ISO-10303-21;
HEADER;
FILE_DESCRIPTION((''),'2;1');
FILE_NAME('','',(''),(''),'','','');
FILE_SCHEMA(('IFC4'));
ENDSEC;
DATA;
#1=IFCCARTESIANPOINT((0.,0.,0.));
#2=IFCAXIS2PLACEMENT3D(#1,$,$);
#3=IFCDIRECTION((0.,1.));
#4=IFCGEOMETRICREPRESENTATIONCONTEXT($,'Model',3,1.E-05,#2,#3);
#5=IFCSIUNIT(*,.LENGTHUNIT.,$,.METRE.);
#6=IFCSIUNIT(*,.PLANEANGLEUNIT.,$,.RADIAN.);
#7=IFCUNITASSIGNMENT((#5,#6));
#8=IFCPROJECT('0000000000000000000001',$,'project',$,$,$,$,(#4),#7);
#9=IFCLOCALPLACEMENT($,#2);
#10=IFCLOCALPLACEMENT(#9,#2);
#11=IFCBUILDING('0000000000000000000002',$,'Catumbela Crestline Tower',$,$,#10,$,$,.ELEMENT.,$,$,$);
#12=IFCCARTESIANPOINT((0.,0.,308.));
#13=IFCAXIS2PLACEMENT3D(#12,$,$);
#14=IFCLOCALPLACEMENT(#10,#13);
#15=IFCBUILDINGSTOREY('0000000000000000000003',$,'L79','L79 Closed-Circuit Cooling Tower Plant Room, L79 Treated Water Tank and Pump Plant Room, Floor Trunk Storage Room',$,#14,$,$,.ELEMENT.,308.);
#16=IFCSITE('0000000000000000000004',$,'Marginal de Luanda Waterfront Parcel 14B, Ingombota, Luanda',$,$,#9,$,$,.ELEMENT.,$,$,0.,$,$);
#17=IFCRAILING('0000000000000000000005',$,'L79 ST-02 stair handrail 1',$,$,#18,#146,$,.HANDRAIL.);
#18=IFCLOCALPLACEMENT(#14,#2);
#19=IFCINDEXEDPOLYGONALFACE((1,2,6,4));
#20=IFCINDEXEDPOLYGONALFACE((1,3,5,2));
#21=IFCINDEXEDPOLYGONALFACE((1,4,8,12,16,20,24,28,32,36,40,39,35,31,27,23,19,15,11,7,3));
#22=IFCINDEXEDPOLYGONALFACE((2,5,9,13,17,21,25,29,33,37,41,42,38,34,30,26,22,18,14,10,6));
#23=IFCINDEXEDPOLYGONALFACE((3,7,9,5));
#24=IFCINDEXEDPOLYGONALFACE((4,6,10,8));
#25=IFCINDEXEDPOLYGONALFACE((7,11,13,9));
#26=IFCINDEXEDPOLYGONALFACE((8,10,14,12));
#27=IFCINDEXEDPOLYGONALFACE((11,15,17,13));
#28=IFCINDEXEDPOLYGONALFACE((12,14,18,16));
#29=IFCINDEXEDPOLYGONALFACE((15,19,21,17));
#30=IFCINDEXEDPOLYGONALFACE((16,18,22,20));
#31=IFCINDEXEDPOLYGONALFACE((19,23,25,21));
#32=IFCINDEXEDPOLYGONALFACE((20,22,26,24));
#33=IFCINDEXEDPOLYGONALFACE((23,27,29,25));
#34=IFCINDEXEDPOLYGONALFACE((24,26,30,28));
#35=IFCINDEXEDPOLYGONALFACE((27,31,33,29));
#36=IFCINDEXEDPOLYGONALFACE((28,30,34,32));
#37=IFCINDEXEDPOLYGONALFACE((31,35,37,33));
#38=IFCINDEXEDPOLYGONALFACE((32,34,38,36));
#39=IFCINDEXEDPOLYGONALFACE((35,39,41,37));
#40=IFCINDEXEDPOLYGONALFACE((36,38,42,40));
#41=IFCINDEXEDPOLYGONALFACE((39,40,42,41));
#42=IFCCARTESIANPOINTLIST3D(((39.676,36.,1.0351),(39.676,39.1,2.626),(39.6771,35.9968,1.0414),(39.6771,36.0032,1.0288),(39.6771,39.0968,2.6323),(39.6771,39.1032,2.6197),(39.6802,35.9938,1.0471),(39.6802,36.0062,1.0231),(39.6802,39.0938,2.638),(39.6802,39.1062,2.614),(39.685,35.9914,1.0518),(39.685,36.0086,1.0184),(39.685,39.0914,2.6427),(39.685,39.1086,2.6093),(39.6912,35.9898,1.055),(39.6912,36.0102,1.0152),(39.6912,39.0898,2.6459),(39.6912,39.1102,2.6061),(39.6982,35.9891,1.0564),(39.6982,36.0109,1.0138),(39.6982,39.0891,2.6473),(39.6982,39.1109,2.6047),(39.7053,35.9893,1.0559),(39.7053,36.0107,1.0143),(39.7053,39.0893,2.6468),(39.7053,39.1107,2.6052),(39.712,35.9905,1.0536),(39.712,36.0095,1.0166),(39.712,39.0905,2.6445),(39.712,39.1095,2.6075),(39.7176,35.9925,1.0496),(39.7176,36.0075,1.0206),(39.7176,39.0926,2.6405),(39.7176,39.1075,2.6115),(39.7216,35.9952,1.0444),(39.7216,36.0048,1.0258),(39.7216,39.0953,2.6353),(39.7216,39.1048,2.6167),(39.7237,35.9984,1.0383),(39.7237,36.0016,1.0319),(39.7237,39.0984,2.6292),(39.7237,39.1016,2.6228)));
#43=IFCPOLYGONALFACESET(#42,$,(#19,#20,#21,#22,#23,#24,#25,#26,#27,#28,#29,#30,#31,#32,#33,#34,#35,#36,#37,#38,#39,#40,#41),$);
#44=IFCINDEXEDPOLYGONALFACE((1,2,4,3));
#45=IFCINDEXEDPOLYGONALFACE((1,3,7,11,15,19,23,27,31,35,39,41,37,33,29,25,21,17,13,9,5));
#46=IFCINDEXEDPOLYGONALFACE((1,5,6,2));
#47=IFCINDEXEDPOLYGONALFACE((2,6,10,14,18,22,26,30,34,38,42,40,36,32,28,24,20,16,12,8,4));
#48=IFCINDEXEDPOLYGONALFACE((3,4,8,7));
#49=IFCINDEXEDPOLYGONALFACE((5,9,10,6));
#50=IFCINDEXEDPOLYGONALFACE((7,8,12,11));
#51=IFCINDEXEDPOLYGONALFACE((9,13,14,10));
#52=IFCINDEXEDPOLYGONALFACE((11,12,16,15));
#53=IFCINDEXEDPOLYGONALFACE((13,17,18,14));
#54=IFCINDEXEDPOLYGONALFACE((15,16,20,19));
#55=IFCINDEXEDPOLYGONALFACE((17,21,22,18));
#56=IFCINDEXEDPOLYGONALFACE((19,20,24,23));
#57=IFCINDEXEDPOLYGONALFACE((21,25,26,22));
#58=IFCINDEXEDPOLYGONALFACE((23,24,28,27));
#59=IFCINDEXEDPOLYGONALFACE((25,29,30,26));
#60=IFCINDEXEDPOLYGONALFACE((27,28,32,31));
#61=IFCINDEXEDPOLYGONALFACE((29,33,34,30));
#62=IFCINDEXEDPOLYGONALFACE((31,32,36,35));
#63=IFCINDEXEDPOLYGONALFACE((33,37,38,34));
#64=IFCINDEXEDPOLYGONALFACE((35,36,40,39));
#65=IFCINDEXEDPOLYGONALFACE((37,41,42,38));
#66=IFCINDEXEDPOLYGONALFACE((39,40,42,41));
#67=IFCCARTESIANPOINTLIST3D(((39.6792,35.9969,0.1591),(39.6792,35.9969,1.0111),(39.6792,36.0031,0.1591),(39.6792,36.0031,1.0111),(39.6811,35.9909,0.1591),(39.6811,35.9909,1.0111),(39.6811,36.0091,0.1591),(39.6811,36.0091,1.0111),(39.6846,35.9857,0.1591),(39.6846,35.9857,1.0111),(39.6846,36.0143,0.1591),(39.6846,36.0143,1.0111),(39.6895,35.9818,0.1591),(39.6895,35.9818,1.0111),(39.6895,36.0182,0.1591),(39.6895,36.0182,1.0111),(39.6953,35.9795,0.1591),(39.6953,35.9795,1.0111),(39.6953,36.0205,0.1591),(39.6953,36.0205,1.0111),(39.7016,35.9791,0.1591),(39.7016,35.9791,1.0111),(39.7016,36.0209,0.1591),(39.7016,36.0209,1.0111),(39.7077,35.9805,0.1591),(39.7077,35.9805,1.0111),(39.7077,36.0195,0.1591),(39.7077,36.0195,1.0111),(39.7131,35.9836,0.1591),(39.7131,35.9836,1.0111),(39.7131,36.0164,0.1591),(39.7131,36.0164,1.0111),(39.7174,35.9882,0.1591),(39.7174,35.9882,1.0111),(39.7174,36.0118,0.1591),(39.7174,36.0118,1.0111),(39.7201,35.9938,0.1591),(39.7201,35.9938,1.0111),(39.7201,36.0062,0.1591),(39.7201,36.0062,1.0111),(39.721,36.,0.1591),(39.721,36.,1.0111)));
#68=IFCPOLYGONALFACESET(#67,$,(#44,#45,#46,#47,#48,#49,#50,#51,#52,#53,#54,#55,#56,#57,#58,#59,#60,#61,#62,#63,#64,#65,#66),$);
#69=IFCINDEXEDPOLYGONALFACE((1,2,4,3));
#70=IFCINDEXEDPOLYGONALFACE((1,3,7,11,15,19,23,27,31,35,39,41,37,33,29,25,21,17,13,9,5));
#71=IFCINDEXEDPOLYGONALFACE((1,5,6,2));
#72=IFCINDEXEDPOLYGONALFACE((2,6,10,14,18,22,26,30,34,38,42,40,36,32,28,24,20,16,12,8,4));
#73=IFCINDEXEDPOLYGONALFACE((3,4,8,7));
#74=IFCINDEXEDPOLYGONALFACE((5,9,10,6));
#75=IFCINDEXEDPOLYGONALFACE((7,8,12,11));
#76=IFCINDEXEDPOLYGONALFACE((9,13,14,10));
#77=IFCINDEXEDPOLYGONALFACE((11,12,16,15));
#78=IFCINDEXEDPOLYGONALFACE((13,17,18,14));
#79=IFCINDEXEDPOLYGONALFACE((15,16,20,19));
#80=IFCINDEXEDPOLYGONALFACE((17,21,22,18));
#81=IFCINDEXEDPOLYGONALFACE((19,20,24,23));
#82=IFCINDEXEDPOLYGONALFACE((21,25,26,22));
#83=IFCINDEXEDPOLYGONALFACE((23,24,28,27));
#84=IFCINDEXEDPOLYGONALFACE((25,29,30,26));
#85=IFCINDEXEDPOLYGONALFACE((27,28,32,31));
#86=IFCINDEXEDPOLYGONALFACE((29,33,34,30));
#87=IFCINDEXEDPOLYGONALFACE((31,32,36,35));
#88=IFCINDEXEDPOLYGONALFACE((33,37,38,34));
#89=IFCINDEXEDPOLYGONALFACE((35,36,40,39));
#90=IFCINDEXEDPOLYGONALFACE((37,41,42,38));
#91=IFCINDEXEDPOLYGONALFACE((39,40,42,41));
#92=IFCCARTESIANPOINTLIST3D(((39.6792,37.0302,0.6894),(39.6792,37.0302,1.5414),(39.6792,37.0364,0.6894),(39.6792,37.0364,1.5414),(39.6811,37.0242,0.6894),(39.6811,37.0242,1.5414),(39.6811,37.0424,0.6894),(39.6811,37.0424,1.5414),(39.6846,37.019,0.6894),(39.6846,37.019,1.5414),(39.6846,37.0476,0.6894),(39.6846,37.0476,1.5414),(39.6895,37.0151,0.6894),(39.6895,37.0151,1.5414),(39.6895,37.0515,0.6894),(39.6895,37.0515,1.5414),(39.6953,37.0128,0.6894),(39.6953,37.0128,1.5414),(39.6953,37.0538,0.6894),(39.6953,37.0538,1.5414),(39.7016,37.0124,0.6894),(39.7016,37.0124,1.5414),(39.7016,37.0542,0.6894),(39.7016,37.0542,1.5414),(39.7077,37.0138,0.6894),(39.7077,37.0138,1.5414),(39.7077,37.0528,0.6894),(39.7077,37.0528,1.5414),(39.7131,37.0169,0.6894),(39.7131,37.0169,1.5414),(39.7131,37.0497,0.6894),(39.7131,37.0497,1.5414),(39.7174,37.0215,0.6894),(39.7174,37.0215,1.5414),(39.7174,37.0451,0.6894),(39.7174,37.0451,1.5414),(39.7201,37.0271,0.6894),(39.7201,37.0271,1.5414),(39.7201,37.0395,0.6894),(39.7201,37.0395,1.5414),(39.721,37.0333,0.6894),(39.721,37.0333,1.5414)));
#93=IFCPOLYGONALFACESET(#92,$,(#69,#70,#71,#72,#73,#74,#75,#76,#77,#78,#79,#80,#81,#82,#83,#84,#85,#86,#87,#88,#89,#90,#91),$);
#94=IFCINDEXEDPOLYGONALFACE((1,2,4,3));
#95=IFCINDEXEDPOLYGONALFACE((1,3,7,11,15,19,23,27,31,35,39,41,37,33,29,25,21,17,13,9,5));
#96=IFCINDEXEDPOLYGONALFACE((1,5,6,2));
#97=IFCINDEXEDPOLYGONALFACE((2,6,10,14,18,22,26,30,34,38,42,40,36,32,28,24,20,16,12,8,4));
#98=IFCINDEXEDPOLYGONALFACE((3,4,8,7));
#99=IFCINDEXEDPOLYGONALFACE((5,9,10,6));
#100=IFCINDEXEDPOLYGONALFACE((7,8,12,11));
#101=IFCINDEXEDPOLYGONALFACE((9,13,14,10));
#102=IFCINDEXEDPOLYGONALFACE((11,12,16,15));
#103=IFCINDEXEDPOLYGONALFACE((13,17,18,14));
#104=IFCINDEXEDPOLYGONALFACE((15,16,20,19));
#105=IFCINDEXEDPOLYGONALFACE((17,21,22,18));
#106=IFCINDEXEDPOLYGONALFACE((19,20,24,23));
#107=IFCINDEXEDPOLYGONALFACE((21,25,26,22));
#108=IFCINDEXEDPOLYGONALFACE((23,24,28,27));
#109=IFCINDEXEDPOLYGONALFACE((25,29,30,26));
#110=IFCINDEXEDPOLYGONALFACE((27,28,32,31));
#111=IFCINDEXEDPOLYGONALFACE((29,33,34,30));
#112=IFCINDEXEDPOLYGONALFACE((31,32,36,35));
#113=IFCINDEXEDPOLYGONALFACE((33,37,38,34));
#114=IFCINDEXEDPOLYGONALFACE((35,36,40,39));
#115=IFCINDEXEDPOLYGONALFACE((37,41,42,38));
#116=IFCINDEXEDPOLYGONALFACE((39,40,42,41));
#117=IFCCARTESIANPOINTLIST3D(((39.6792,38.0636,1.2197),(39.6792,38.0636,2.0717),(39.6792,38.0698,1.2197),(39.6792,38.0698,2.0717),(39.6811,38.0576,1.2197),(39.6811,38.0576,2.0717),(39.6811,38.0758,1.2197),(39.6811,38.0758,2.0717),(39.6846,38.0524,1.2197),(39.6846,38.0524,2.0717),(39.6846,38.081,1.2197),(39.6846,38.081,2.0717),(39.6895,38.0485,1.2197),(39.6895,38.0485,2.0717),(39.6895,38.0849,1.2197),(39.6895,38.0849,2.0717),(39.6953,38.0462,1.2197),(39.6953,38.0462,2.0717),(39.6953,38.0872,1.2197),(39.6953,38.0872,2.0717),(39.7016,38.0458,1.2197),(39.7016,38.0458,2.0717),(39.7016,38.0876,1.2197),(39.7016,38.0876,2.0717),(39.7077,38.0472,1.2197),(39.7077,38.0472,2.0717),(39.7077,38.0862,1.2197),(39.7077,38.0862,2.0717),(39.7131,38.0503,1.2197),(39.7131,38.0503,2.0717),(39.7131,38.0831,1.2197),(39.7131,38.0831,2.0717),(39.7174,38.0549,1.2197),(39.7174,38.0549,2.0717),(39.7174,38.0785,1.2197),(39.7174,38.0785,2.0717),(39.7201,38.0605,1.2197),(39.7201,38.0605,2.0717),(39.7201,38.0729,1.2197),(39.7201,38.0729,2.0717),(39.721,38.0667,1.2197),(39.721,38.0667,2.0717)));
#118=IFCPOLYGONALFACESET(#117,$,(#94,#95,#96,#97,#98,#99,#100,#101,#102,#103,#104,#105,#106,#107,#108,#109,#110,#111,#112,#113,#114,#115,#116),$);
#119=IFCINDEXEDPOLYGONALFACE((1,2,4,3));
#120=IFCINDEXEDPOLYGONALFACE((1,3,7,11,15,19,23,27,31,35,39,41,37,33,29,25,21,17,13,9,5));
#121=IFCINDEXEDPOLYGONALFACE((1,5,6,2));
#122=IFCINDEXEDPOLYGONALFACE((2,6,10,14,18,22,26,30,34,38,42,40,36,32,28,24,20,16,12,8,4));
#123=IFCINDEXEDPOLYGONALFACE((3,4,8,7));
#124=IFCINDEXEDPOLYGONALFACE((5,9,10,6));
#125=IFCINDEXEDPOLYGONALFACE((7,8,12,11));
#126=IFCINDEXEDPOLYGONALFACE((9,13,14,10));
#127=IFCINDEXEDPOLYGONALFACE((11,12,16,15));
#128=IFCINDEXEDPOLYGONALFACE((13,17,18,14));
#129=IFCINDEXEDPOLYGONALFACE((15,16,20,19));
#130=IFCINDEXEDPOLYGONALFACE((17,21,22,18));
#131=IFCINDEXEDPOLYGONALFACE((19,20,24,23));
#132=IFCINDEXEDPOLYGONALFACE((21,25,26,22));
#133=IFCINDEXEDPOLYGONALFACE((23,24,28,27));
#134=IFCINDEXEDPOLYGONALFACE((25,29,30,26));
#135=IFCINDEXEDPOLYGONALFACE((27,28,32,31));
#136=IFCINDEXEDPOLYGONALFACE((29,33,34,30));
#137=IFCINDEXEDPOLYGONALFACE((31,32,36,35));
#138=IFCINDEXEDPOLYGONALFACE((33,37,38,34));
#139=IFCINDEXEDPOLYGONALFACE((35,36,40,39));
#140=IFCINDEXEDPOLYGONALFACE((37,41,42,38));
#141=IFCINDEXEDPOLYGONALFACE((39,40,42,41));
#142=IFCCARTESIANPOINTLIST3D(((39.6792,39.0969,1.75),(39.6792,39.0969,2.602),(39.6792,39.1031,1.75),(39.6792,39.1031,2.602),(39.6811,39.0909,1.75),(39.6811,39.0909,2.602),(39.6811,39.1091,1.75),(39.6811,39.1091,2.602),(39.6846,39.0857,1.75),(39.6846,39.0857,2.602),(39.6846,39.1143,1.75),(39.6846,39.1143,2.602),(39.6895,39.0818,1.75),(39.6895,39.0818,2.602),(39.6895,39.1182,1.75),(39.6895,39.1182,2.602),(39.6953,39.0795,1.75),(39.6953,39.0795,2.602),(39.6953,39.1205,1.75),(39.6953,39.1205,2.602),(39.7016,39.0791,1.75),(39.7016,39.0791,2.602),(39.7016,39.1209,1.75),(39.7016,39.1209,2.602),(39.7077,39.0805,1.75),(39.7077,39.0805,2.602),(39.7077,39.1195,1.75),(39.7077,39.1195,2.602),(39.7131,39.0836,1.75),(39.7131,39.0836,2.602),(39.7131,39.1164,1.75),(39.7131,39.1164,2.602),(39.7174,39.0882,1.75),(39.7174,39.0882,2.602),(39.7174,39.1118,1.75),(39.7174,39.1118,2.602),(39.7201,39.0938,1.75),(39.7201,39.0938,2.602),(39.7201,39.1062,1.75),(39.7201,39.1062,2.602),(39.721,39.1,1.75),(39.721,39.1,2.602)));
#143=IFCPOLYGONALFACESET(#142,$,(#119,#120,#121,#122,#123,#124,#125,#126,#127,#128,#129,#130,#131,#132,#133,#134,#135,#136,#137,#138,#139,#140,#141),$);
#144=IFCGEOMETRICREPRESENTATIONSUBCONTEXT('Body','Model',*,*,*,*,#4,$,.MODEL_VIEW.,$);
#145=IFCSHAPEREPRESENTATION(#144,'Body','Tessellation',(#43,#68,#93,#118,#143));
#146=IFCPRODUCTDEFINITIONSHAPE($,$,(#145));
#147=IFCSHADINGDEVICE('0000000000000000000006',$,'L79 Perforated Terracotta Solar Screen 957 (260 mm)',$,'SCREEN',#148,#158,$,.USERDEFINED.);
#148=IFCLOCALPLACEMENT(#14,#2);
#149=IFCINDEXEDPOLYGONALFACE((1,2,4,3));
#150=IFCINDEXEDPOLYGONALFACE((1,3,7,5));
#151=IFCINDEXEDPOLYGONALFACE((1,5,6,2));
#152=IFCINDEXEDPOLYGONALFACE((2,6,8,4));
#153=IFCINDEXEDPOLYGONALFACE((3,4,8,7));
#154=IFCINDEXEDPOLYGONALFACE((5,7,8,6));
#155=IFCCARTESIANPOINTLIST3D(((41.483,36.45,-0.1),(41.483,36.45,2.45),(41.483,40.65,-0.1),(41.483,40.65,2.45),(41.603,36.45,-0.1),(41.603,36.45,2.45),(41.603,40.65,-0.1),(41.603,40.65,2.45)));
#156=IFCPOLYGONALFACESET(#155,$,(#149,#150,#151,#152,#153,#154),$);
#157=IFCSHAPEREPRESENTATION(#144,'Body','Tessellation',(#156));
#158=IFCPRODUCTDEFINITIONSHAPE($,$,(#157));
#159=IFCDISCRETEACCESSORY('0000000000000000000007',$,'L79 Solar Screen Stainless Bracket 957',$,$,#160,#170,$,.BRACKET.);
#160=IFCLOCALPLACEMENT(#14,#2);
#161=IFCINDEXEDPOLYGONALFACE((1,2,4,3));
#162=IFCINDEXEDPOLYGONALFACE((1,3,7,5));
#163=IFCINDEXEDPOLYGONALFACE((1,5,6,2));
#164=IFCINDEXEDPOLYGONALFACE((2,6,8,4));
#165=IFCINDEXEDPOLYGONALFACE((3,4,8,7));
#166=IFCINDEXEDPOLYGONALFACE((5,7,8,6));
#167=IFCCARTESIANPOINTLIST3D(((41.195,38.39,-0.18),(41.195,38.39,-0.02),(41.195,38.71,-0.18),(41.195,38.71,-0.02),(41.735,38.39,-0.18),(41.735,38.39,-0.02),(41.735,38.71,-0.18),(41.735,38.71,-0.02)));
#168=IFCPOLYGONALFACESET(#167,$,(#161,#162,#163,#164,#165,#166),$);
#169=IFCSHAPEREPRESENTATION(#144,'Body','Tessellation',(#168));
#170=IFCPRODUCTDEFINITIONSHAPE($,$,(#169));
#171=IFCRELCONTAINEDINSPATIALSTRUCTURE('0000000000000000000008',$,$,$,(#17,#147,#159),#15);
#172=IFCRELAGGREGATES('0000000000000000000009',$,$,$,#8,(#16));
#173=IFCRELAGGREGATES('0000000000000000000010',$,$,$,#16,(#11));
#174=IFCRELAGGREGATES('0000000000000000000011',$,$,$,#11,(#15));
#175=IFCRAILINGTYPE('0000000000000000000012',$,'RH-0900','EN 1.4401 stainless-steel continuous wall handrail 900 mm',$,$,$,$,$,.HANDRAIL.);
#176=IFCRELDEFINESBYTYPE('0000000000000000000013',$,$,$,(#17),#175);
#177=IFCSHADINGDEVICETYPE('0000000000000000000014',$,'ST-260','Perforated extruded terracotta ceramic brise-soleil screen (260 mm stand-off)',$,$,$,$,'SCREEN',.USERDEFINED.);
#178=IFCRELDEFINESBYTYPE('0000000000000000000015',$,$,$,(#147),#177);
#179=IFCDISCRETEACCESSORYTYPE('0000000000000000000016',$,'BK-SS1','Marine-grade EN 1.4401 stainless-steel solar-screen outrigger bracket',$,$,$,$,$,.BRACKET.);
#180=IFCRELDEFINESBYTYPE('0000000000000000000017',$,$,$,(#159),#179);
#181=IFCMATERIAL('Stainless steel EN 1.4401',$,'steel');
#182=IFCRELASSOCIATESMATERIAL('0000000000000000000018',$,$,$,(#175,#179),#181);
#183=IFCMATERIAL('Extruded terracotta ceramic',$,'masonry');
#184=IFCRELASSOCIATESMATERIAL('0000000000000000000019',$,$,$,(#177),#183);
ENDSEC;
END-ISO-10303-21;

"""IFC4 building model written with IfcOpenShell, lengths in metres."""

from ifc_helpers import new_model, si_unit, direction, frame, origin, origin_2d, place, context, subcontext, project, spatial, rectangle, circle, extrude, material, type_object, element, save


model = new_model("IFC4")

# Units and contexts
model_context = context("Model", 3, precision=1e-05, world=origin(), true_north=direction((0.0, 1.0)))
body_context = subcontext(model_context, "Body", "Model", "MODEL_VIEW")
ifc_project = project(units=[si_unit("LENGTHUNIT", "METRE"), si_unit("PLANEANGLEUNIT", "RADIAN")], contexts=[model_context])

# Site, building, storey
site_placement = place(None, origin())
site = spatial("IfcSite", under=ifc_project, at=site_placement, Name="Marginal de Luanda Waterfront Parcel 14B, Ingombota, Luanda", CompositionType="ELEMENT", RefElevation=0.0)
building_placement = place(site_placement, origin())
building = spatial("IfcBuilding", under=site, at=building_placement, Name="Catumbela Crestline Tower", CompositionType="ELEMENT")
storey_placement = place(building_placement, frame((0.0, 0.0, 308.0)))
storey = spatial("IfcBuildingStorey", under=building, at=storey_placement, Name="L79", Description="L79 Closed-Circuit Cooling Tower Plant Room, L79 Treated Water Tank and Pump Plant Room, Floor Trunk Storage Room", CompositionType="ELEMENT", Elevation=308.0)

# Railing
ifc_material_1 = material(Name="Stainless steel EN 1.4401", Category="steel")
railing_type_1 = type_object("IfcRailingType", Name="RH-0900", Description="EN 1.4401 stainless-steel continuous wall handrail 900 mm", PredefinedType="HANDRAIL", material=ifc_material_1)
railing_1_placement = place(storey_placement, frame((39.7, 36.0, 0.1591)))
element("IfcRailing", 1, at=railing_1_placement, inside=storey, type_object=railing_type_1, Name="L79 ST-02 stair handrail 1", PredefinedType="HANDRAIL", context=body_context, shape_type="SweptSolid", body=[
    extrude(circle(Radius=0.024, at=origin_2d()), frame((0.0, 0.0, 0.876), z_axis=(0.0, 0.889683, 0.456579), x_axis=(-1.0, 0.0, 0.0)), (0.0, 0.0, 1.0), 3.4844),
    extrude(circle(Radius=0.021, at=origin_2d()), origin(), (0.0, 0.0, 1.0), 0.852),
    extrude(circle(Radius=0.021, at=origin_2d()), frame((0.0, 1.0333, 0.5303)), (0.0, 0.0, 1.0), 0.852),
    extrude(circle(Radius=0.021, at=origin_2d()), frame((0.0, 2.0667, 1.0606)), (0.0, 0.0, 1.0), 0.852),
    extrude(circle(Radius=0.021, at=origin_2d()), frame((0.0, 3.1, 1.5909)), (0.0, 0.0, 1.0), 0.852),
])

# Shading device
ifc_material_2 = material(Name="Extruded terracotta ceramic", Category="masonry")
shading_device_type = type_object("IfcShadingDeviceType", Name="ST-260", Description="Perforated extruded terracotta ceramic brise-soleil screen (260 mm stand-off)", ElementType="SCREEN", PredefinedType="USERDEFINED", material=ifc_material_2)
shading_device_placement = place(storey_placement, frame((41.543, 38.55, -0.1), z_axis=(0.0, 0.0, 1.0), x_axis=(0.0, 1.0, 0.0)))
element("IfcShadingDevice", 2, at=shading_device_placement, inside=storey, type_object=shading_device_type, Name="L79 Perforated Terracotta Solar Screen 957 (260 mm)", ObjectType="SCREEN", PredefinedType="USERDEFINED", context=body_context, shape_type="SweptSolid", body=[
    extrude(rectangle(XDim=4.2, YDim=0.12, at=origin_2d()), origin(), (0.0, 0.0, 1.0), 2.55),
])

# Discrete accessory
discrete_accessory_type = type_object("IfcDiscreteAccessoryType", Name="BK-SS1", Description="Marine-grade EN 1.4401 stainless-steel solar-screen outrigger bracket", PredefinedType="BRACKET", material=ifc_material_1)
discrete_accessory_placement = place(storey_placement, frame((41.465, 38.55, -0.18), z_axis=(0.0, 0.0, 1.0), x_axis=(0.0, 1.0, 0.0)))
element("IfcDiscreteAccessory", 3, at=discrete_accessory_placement, inside=storey, type_object=discrete_accessory_type, Name="L79 Solar Screen Stainless Bracket 957", PredefinedType="BRACKET", context=body_context, shape_type="SweptSolid", body=[
    extrude(rectangle(XDim=0.32, YDim=0.54, at=origin_2d()), origin(), (0.0, 0.0, 1.0), 0.16),
])

save(model, "model.ifc")
